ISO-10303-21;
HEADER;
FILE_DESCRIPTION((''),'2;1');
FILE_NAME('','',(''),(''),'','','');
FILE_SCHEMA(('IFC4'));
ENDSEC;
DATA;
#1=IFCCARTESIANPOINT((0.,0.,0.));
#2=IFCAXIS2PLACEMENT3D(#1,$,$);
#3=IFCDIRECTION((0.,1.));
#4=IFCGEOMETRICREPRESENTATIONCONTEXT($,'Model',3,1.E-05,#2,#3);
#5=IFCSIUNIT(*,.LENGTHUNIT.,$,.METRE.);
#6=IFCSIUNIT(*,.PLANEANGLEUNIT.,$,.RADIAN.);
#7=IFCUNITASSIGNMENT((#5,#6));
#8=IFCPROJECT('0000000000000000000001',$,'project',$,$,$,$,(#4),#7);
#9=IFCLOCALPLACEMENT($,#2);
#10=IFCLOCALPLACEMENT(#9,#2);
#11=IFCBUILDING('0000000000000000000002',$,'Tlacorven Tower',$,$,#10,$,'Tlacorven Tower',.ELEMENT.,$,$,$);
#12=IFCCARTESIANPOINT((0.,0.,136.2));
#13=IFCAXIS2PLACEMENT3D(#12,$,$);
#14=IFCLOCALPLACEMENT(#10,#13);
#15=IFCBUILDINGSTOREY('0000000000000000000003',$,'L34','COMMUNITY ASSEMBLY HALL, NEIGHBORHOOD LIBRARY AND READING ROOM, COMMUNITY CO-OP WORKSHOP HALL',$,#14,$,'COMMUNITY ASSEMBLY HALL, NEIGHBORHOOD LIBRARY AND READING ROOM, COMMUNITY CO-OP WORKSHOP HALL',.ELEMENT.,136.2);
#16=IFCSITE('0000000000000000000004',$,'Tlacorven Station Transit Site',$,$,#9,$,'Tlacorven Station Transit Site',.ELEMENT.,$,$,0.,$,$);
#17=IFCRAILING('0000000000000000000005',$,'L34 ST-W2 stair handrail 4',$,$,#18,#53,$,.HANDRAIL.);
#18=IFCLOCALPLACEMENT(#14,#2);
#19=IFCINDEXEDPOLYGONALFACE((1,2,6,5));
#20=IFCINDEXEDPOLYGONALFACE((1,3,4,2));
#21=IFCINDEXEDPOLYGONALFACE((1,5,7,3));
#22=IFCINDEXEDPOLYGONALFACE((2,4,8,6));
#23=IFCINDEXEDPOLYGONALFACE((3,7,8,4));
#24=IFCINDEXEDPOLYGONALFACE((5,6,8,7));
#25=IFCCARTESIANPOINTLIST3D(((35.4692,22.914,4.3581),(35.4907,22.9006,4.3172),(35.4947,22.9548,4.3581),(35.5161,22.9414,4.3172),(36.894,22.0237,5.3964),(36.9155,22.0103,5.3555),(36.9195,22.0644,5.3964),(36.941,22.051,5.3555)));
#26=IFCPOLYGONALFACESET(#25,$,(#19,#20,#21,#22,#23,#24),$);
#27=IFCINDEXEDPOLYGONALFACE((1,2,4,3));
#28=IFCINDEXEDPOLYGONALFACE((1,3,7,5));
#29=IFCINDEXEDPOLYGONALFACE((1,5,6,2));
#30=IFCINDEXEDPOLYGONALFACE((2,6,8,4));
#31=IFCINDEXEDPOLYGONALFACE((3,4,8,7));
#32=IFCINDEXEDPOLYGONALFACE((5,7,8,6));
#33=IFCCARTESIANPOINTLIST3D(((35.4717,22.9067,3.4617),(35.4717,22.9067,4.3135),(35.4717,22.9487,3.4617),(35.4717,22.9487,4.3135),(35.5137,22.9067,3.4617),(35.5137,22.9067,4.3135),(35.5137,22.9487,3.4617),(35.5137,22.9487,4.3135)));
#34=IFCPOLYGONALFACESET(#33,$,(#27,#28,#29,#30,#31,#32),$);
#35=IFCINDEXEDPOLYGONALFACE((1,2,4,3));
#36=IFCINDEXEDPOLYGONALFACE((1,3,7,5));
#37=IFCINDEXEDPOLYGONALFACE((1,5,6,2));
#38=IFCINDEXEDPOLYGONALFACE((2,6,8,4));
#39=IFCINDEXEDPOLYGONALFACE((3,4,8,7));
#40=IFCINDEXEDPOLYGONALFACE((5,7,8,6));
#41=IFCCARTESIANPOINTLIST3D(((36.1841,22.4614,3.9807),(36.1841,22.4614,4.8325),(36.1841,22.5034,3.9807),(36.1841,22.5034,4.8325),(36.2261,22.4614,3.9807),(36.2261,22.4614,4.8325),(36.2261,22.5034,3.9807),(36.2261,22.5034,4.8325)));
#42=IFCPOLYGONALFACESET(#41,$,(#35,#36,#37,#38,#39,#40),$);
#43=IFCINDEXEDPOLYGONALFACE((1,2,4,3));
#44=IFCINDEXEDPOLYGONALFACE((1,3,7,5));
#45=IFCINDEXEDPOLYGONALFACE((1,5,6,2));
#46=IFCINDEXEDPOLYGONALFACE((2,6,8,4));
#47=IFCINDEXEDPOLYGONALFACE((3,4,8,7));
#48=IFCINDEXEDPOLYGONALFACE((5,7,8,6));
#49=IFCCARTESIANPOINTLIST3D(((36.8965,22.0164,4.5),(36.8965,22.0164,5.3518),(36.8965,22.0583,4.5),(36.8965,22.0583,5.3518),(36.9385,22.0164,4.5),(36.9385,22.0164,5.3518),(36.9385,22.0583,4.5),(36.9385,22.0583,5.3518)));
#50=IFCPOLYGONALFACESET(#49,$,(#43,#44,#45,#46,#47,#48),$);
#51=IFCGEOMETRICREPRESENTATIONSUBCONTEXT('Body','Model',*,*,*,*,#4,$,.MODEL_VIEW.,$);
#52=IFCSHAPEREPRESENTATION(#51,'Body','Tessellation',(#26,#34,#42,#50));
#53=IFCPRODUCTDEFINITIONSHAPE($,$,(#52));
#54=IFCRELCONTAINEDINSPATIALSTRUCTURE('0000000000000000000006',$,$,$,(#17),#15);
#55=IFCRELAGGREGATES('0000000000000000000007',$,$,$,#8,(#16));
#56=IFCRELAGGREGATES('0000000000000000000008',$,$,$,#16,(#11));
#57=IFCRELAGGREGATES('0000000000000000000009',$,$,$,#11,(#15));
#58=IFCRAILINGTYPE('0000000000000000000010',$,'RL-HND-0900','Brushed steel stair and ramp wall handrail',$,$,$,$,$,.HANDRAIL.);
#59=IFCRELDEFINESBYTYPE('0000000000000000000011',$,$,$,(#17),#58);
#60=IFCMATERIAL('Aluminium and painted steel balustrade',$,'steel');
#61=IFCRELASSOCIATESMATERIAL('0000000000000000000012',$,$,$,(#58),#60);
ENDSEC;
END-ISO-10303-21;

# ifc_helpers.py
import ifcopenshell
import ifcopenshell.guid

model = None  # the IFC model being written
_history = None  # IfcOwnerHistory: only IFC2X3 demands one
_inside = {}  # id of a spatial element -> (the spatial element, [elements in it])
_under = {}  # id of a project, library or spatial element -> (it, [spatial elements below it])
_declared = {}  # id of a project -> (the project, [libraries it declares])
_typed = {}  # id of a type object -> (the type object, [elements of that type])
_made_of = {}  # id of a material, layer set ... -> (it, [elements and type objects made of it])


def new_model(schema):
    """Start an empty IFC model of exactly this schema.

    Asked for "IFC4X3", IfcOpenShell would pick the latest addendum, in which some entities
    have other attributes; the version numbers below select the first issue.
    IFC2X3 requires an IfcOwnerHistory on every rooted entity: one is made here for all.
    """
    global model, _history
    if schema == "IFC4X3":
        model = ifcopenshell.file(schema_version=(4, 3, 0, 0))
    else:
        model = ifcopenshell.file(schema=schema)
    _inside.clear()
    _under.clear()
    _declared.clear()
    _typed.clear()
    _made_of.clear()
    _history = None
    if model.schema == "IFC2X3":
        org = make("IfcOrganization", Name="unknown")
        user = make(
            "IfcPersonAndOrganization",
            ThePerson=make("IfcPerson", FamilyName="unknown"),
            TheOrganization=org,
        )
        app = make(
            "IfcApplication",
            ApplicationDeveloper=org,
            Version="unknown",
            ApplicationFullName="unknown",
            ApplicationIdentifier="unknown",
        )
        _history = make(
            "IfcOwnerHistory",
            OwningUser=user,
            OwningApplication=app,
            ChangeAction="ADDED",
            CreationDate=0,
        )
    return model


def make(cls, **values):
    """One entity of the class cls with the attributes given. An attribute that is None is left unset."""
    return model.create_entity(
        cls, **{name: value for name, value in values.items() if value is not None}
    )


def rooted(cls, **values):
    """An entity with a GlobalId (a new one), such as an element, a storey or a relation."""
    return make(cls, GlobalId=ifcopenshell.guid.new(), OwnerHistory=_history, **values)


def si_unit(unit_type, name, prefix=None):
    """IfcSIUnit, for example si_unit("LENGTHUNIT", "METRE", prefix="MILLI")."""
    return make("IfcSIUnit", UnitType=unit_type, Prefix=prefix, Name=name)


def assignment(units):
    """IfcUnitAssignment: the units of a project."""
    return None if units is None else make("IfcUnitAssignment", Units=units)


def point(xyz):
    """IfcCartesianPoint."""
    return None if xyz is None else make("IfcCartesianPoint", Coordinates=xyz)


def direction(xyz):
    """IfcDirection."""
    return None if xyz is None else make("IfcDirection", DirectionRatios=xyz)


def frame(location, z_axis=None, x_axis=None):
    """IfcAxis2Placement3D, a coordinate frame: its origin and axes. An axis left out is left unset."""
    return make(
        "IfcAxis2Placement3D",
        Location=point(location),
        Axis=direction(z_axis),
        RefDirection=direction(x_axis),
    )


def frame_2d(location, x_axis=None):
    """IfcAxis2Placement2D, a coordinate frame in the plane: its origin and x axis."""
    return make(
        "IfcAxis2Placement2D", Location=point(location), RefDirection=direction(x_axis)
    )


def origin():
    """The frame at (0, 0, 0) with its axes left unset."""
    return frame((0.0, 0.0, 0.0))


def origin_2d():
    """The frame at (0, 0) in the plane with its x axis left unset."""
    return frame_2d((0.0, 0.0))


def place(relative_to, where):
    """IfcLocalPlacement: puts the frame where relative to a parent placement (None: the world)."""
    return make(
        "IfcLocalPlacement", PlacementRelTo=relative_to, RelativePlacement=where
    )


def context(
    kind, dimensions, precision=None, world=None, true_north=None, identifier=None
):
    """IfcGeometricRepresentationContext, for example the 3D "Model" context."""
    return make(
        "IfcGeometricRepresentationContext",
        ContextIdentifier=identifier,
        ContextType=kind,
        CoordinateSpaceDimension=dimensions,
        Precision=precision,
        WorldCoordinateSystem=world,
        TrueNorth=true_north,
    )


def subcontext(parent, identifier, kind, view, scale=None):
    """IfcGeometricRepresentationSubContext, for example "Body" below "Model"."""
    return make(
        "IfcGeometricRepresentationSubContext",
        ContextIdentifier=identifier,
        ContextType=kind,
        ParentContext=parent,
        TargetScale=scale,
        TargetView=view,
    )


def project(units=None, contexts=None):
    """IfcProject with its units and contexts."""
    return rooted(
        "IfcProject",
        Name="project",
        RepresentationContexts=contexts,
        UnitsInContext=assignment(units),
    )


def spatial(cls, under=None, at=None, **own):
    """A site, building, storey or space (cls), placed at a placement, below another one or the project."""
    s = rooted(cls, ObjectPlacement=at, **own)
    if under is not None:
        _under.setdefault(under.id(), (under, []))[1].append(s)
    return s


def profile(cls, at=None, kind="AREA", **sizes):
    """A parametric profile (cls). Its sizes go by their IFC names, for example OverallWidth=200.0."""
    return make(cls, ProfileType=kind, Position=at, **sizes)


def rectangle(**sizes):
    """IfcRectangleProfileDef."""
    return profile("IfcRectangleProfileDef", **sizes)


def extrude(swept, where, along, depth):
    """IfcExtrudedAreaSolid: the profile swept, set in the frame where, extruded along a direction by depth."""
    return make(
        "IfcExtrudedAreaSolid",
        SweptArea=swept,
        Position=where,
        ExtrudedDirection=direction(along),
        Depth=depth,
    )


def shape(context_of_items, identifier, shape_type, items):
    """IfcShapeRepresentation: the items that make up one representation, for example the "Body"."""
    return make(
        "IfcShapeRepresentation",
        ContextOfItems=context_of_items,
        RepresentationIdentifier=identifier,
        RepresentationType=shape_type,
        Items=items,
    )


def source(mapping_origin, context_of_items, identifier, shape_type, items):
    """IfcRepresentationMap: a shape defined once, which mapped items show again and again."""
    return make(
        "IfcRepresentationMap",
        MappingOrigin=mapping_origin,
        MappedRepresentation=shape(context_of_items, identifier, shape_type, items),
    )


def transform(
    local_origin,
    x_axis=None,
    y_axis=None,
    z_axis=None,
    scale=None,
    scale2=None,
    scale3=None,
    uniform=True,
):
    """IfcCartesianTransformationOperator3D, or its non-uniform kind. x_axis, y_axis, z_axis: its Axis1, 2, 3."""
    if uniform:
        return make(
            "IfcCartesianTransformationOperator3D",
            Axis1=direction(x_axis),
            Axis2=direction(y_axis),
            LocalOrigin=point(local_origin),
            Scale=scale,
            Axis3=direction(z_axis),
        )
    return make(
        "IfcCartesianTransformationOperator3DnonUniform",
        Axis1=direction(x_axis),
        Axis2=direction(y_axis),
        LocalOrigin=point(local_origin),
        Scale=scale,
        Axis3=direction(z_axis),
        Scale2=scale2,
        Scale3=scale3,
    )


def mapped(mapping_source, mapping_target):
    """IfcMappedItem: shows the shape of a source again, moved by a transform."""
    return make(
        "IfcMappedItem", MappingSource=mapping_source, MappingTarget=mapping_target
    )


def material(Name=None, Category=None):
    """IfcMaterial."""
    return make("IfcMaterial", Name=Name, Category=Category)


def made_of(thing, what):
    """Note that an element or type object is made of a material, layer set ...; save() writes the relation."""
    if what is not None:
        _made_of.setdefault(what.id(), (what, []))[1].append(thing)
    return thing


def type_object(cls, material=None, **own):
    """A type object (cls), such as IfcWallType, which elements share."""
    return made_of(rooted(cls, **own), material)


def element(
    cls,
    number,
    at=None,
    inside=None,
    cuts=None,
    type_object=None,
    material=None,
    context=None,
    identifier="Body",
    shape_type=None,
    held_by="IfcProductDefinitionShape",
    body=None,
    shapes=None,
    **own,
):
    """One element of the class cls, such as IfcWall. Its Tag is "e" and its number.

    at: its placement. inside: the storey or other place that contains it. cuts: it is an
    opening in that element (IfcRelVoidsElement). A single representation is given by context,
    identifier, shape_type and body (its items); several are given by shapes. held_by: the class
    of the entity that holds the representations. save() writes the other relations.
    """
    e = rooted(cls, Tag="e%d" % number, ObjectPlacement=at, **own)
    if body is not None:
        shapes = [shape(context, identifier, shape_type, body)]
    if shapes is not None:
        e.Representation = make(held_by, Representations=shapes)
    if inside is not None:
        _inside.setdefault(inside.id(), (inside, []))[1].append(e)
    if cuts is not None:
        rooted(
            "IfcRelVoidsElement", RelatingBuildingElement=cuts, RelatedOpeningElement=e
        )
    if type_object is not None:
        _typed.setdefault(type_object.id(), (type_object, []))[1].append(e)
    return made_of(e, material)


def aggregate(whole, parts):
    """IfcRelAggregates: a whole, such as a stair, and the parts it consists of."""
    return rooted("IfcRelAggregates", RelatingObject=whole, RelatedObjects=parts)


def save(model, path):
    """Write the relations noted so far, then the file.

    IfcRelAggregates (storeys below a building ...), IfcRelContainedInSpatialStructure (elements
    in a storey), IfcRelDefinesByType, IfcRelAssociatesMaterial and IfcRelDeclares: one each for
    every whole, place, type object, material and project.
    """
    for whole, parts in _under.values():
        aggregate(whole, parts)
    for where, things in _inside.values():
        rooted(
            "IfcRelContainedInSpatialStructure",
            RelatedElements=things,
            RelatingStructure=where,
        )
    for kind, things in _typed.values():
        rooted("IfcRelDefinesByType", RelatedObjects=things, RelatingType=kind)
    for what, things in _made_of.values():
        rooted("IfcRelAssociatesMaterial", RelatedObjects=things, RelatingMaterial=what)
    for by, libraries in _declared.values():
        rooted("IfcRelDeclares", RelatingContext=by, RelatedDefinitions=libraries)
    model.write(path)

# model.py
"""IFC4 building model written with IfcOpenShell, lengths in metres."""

from ifc_helpers import new_model, si_unit, direction, frame, origin, origin_2d, place, context, subcontext, project, spatial, rectangle, extrude, source, transform, mapped, material, type_object, element, save


model = new_model("IFC4")

# Units and contexts
model_context = context("Model", 3, precision=1e-05, world=origin(), true_north=direction((0.0, 1.0)))
body_context = subcontext(model_context, "Body", "Model", "MODEL_VIEW")
ifc_project = project(units=[si_unit("LENGTHUNIT", "METRE"), si_unit("PLANEANGLEUNIT", "RADIAN")], contexts=[model_context])

# Site, building, storey
site_placement = place(None, origin())
site = spatial("IfcSite", under=ifc_project, at=site_placement, Name="Tlacorven Station Transit Site", LongName="Tlacorven Station Transit Site", CompositionType="ELEMENT", RefElevation=0.0)
building_placement = place(site_placement, origin())
building = spatial("IfcBuilding", under=site, at=building_placement, Name="Tlacorven Tower", LongName="Tlacorven Tower", CompositionType="ELEMENT")
storey_placement = place(building_placement, frame((0.0, 0.0, 136.2)))
storey = spatial("IfcBuildingStorey", under=building, at=storey_placement, Name="L34", Description="COMMUNITY ASSEMBLY HALL, NEIGHBORHOOD LIBRARY AND READING ROOM, COMMUNITY CO-OP WORKSHOP HALL", LongName="COMMUNITY ASSEMBLY HALL, NEIGHBORHOOD LIBRARY AND READING ROOM, COMMUNITY CO-OP WORKSHOP HALL", CompositionType="ELEMENT", Elevation=136.2)

# Railing
ifc_material_1 = material(Name="Aluminium and painted steel balustrade", Category="steel")
railing_type_1 = type_object("IfcRailingType", Name="RL-HND-0900", Description="Brushed steel stair and ramp wall handrail", PredefinedType="HANDRAIL", material=ifc_material_1)
shared_shape_1 = source(origin(), body_context, "Body", "SweptSolid", [
    extrude(rectangle(XDim=0.0481, YDim=0.0481, at=origin_2d()), frame((0.0, 0.0, 0.876), z_axis=(0.721388, -0.450805, 0.525713), x_axis=(0.529947, 0.848031, 0.0)), (0.0, 0.0, 1.0), 1.9751),
    extrude(rectangle(XDim=0.042, YDim=0.042, at=origin_2d()), origin(), (0.0, 0.0, 1.0), 0.8518),
    extrude(rectangle(XDim=0.042, YDim=0.042, at=origin_2d()), frame((0.7124, -0.4453, 0.519)), (0.0, 0.0, 1.0), 0.8518),
    extrude(rectangle(XDim=0.042, YDim=0.042, at=origin_2d()), frame((1.4248, -0.8904, 1.0383)), (0.0, 0.0, 1.0), 0.8518),
])
railing_1_placement = place(storey_placement, frame((35.4927, 22.9277, 3.4617)))
element("IfcRailing", 1, at=railing_1_placement, inside=storey, type_object=railing_type_1, Name="L34 ST-W2 stair handrail 4", PredefinedType="HANDRAIL", context=body_context, shape_type="MappedRepresentation", body=[
    mapped(shared_shape_1, transform((0.0, 0.0, 0.0), scale=1.0)),
])

save(model, "model.ifc")
